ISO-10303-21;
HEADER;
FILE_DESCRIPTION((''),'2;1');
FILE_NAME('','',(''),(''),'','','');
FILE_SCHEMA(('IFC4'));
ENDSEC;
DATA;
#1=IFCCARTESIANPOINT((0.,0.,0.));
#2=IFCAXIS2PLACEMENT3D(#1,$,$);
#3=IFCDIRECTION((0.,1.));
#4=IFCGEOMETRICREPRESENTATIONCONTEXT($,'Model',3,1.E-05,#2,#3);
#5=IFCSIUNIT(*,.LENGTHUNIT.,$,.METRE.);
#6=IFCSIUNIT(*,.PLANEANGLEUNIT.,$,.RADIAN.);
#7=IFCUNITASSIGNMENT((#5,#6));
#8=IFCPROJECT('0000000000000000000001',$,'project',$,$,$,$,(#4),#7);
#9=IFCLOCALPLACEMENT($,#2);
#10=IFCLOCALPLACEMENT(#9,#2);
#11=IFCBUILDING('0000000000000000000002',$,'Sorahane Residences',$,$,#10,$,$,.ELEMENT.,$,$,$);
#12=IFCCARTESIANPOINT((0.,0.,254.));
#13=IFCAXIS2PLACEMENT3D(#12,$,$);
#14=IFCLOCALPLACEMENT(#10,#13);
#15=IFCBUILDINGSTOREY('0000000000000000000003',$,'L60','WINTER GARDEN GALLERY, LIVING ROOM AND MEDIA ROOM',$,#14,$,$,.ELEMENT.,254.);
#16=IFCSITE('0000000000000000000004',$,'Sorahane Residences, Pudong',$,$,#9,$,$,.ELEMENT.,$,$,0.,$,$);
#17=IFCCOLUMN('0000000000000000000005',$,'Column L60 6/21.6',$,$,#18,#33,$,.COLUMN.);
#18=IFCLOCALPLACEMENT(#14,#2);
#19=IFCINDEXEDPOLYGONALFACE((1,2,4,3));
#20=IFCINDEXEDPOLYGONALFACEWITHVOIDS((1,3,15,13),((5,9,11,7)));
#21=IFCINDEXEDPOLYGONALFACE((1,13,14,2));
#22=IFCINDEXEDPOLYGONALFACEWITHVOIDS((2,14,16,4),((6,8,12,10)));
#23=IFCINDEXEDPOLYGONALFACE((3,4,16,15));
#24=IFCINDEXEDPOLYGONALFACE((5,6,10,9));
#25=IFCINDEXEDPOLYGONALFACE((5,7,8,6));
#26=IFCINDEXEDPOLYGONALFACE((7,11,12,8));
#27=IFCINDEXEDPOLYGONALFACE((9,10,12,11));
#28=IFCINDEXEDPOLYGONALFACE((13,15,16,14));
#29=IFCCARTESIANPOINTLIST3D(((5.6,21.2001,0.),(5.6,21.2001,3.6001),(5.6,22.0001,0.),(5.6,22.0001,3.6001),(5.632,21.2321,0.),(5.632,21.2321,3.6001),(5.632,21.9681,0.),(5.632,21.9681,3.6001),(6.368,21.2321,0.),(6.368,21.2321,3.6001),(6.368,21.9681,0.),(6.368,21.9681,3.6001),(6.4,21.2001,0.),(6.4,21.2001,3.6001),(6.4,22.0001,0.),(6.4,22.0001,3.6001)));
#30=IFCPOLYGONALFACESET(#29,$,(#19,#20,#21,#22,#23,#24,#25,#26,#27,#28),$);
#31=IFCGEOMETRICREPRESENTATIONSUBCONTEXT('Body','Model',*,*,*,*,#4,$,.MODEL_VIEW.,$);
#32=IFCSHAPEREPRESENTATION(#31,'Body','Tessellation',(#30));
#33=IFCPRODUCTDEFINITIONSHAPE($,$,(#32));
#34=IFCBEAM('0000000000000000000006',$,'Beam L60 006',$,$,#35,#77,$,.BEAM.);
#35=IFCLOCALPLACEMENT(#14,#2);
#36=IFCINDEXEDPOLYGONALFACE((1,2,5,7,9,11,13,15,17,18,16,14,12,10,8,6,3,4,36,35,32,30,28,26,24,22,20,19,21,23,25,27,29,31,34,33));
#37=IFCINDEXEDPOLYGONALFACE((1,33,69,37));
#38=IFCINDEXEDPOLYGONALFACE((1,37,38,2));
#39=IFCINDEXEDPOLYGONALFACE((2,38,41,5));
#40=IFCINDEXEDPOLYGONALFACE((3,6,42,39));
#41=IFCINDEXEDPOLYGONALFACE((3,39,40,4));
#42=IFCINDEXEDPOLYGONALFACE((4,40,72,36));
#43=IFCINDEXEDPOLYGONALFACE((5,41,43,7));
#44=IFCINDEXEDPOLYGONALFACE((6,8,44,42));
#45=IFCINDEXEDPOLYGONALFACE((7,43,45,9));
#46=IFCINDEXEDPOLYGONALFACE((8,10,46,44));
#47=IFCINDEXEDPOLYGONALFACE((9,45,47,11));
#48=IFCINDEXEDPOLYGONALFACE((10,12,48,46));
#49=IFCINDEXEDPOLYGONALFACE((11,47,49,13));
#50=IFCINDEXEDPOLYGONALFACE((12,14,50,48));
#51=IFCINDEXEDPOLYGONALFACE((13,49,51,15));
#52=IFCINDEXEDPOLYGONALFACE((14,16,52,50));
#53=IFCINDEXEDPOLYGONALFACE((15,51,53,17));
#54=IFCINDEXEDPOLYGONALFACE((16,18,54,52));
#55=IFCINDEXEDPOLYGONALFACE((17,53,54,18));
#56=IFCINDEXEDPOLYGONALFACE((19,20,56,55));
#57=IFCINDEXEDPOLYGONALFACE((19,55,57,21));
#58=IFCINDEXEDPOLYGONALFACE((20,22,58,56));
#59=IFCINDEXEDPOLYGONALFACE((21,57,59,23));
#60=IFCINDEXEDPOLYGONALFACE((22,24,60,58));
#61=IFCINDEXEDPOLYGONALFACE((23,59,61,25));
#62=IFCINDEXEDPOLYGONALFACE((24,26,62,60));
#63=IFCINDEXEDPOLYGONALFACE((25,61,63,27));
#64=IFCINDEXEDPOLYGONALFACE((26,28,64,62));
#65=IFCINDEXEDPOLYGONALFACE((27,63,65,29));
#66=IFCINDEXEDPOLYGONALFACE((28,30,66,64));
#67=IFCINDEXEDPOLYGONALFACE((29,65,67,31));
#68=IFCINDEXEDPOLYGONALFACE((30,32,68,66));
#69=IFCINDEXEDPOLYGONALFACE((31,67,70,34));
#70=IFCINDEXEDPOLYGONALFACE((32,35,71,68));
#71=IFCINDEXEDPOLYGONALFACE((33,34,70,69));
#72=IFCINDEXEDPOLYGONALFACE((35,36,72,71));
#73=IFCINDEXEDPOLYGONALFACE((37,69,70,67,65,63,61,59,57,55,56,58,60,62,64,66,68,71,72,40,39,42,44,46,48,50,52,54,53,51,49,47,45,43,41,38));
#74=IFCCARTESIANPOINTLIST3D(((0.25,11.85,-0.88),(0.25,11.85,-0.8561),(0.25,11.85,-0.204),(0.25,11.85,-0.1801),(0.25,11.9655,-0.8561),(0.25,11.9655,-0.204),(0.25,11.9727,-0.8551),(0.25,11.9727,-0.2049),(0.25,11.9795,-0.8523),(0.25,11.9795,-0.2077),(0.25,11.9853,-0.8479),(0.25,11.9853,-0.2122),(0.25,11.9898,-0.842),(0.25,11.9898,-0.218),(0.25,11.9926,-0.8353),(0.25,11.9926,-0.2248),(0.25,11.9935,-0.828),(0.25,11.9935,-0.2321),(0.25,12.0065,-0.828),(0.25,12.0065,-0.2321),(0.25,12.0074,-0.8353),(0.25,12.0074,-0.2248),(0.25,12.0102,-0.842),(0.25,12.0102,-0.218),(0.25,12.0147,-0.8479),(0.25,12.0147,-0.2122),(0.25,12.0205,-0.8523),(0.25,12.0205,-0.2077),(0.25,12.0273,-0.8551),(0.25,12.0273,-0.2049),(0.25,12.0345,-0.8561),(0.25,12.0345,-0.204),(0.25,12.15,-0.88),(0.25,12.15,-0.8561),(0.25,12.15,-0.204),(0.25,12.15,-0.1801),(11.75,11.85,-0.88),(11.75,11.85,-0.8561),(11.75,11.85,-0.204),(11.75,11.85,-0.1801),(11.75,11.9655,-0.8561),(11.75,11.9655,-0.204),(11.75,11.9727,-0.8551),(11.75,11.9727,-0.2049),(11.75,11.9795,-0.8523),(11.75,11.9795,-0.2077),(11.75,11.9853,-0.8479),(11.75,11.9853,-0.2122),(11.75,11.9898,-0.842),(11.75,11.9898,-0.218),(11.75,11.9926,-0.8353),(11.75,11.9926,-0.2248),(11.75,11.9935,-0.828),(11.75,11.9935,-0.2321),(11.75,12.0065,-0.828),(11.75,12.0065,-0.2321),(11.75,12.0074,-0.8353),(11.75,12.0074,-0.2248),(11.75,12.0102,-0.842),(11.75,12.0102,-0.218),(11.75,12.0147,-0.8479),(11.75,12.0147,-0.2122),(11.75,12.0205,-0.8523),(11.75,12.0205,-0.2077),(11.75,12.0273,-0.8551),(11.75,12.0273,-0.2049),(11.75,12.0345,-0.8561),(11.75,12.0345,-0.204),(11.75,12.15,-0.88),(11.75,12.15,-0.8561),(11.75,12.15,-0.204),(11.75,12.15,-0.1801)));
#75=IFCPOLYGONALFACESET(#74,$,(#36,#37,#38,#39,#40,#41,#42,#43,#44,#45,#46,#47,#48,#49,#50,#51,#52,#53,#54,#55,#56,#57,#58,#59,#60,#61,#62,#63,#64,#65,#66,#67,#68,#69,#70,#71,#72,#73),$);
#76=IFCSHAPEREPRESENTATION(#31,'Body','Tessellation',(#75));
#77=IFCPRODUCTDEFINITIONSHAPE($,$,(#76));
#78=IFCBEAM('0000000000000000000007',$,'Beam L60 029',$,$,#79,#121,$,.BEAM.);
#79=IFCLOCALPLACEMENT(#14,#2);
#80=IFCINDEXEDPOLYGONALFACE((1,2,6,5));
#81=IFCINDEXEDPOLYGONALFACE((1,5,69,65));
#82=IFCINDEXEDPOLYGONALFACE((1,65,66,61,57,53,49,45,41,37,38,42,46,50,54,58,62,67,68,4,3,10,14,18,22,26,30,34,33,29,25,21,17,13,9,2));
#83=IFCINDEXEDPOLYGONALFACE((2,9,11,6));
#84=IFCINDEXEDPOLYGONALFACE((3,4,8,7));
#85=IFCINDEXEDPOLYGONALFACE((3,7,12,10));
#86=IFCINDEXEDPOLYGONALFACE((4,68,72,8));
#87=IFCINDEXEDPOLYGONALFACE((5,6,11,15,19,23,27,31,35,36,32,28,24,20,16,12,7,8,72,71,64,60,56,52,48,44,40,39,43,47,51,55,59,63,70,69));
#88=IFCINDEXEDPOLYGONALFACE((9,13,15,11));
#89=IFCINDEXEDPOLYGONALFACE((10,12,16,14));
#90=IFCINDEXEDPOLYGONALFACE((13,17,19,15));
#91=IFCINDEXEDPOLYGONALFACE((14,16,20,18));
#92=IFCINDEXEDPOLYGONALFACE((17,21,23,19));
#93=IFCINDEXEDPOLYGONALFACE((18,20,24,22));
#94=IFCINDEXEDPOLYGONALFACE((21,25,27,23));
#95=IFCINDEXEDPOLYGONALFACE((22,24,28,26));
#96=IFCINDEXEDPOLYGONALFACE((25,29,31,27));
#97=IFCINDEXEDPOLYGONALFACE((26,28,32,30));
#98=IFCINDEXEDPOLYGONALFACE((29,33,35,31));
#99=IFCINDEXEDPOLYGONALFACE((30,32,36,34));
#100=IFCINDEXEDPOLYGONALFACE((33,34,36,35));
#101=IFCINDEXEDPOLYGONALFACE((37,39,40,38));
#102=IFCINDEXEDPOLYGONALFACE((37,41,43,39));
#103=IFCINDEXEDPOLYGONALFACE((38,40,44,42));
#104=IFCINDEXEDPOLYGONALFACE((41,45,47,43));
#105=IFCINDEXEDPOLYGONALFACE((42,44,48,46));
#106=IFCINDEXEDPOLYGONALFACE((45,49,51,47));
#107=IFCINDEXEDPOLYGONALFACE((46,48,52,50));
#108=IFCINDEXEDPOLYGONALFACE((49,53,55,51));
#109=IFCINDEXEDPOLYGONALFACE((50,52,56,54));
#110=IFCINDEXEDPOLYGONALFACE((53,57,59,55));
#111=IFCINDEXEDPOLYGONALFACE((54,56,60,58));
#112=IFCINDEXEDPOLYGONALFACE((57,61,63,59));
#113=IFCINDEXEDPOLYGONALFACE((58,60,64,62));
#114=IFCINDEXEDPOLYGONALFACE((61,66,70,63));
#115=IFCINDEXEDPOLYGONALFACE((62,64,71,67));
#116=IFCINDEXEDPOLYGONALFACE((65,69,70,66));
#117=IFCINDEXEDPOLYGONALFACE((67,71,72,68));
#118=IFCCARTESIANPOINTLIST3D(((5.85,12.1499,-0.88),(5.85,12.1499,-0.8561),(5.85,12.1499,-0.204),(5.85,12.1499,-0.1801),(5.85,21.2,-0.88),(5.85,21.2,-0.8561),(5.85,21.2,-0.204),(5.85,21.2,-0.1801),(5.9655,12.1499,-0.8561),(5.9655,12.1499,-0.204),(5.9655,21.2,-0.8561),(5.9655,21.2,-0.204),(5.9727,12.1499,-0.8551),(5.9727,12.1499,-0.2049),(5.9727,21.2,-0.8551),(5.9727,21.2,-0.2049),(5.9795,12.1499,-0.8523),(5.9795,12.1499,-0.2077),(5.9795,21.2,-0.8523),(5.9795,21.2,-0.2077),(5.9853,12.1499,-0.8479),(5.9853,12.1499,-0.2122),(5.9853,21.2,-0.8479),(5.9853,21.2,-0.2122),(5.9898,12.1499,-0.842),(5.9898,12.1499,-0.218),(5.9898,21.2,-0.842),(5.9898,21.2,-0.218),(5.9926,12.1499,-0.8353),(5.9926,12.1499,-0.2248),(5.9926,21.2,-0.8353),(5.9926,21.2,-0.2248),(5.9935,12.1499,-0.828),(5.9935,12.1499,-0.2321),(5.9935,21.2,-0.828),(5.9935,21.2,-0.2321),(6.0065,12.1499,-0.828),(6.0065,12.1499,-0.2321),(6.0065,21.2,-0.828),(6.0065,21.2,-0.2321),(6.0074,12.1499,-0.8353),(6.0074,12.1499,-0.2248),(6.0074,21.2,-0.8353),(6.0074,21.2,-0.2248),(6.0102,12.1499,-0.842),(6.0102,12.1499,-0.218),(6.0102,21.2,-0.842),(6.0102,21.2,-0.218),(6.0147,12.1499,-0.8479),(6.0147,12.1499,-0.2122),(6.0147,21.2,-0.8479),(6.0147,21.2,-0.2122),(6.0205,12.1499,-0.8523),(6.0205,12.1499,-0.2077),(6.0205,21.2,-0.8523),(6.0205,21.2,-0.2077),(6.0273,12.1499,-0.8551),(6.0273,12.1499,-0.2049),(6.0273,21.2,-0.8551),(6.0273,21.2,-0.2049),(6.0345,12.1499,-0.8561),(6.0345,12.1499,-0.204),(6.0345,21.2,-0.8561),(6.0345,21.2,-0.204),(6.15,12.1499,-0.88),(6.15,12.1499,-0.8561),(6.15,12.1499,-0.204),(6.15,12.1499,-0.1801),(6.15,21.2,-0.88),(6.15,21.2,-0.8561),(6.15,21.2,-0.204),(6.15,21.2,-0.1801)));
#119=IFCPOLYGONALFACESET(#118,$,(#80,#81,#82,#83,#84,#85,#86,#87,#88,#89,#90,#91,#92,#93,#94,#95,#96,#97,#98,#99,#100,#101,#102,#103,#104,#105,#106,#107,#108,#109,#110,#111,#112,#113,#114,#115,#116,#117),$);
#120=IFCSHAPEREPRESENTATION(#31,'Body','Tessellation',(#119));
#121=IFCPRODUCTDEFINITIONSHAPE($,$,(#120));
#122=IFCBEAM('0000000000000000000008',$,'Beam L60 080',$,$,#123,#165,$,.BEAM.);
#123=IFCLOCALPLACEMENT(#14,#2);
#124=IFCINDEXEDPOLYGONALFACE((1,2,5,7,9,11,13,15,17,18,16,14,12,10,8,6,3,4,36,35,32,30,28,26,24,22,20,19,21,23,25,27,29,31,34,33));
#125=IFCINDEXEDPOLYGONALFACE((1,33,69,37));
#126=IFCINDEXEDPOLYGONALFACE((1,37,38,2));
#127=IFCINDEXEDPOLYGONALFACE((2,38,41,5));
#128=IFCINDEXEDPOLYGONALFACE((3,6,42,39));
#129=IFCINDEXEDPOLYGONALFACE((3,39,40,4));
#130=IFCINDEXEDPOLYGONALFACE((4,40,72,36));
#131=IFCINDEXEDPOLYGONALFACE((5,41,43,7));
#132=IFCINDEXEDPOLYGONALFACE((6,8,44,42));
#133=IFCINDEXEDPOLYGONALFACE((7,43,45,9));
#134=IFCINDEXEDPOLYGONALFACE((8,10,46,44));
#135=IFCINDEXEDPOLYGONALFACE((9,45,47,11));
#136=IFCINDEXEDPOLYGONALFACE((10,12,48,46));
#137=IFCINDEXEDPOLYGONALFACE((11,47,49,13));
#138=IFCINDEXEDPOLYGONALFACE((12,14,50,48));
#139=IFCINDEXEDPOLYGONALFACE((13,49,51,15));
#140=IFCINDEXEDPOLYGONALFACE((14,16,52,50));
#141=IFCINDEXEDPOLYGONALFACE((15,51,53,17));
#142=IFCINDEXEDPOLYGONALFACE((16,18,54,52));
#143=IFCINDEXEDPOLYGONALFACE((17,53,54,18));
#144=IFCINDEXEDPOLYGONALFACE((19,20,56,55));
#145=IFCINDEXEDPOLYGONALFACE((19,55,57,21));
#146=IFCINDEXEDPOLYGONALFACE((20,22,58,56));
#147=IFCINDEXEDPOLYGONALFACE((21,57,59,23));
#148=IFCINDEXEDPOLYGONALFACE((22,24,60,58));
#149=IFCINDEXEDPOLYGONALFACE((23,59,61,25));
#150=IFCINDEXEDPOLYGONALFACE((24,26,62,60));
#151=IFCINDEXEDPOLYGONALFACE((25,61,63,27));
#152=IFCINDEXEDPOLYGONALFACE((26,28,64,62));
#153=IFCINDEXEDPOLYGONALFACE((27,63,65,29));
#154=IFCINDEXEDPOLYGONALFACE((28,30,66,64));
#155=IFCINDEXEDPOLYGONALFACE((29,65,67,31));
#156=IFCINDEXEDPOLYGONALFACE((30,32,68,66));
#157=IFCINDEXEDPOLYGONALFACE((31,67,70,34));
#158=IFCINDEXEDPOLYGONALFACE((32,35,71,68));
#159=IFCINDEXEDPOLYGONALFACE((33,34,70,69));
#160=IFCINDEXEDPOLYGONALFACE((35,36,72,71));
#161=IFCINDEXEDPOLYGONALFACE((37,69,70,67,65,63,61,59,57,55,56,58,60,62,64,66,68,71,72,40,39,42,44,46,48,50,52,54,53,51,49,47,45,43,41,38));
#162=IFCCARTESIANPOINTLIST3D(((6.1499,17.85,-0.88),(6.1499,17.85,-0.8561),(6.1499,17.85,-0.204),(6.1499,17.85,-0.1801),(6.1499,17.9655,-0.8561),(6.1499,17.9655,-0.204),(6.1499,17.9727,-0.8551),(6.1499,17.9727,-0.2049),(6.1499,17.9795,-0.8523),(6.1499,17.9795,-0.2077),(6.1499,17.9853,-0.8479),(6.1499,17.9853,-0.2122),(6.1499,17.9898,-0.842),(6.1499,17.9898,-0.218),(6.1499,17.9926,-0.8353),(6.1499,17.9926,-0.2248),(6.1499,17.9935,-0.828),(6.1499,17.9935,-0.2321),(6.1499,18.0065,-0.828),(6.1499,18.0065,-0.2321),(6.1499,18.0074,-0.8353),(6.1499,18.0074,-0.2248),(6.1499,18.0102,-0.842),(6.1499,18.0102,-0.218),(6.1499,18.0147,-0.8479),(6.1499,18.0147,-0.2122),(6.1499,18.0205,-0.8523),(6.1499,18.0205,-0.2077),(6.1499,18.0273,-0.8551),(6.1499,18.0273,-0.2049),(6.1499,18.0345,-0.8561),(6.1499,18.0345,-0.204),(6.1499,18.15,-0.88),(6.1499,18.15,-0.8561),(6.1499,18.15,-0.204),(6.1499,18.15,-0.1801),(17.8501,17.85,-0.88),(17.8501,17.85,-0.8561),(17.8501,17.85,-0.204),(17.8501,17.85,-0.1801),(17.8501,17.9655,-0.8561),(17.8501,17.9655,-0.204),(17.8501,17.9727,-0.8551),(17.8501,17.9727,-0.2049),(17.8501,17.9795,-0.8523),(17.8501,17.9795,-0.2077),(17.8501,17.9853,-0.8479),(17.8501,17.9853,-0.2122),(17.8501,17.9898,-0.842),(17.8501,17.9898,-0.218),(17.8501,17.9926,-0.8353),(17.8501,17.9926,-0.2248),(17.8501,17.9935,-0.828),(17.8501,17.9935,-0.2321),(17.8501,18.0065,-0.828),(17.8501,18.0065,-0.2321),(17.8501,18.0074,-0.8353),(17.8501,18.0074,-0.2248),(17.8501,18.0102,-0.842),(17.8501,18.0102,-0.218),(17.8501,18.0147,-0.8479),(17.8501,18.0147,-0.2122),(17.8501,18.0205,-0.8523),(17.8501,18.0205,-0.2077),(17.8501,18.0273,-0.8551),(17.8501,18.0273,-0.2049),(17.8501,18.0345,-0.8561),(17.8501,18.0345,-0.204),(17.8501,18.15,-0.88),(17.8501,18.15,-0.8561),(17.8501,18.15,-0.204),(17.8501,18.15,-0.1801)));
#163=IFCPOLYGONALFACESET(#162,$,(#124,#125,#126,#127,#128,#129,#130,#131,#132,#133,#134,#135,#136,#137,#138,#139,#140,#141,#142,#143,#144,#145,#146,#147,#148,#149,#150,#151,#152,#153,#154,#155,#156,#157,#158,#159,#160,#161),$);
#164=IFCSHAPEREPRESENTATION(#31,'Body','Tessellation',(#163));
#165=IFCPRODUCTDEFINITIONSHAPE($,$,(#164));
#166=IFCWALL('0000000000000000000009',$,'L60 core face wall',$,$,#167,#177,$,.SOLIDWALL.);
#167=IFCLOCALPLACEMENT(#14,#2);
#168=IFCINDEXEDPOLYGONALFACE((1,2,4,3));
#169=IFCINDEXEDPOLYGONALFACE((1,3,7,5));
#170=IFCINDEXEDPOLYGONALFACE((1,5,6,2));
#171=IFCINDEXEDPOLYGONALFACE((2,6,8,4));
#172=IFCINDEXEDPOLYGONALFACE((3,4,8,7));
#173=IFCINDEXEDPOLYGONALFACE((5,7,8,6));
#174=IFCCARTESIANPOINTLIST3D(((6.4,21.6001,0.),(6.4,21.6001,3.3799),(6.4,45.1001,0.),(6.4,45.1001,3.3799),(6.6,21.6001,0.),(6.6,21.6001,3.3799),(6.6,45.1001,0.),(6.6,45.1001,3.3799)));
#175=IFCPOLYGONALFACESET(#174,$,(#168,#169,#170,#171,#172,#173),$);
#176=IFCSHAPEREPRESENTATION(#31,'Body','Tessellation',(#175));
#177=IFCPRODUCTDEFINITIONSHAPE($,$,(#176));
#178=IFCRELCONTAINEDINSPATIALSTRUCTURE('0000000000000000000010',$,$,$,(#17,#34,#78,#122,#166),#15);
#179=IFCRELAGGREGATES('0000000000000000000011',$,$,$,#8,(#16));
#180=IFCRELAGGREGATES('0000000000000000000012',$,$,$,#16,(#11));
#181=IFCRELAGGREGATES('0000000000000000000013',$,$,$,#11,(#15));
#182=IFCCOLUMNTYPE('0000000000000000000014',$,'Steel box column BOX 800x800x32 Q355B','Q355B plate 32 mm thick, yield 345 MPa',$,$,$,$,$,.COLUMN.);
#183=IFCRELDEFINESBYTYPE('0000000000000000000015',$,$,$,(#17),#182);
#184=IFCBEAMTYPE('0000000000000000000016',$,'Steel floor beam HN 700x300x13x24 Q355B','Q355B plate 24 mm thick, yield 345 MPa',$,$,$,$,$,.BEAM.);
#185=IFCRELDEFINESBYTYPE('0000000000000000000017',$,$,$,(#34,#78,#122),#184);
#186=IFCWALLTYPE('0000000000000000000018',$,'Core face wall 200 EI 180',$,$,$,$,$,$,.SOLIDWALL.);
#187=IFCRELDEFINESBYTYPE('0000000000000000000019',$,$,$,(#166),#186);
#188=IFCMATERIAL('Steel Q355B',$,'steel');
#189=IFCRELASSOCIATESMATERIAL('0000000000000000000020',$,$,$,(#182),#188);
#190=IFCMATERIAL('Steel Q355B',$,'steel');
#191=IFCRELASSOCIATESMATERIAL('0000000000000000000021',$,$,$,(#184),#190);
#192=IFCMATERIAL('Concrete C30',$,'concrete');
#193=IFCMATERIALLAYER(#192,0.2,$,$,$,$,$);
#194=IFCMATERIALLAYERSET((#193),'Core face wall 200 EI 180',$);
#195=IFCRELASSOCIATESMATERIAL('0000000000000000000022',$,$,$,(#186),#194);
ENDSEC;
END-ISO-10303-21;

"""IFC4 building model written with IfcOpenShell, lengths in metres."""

from ifc_helpers import new_model, si_unit, direction, frame, frame_2d, origin, origin_2d, place, context, subcontext, project, spatial, rectangle, hollow_rectangle, i_section, extrude, material, layer, layer_set, material_profile, profile_set, type_object, element, save


model = new_model("IFC4")

# Units and contexts
model_context = context("Model", 3, precision=1e-05, world=origin(), true_north=direction((0.0, 1.0)))
body_context = subcontext(model_context, "Body", "Model", "MODEL_VIEW")
ifc_project = project(units=[si_unit("LENGTHUNIT", "METRE"), si_unit("PLANEANGLEUNIT", "RADIAN")], contexts=[model_context])

# Site, building, storey
site_placement = place(None, origin())
site = spatial("IfcSite", under=ifc_project, at=site_placement, Name="Sorahane Residences, Pudong", CompositionType="ELEMENT", RefElevation=0.0)
building_placement = place(site_placement, origin())
building = spatial("IfcBuilding", under=site, at=building_placement, Name="Sorahane Residences", CompositionType="ELEMENT")
storey_placement = place(building_placement, frame((0.0, 0.0, 254.0)))
storey = spatial("IfcBuildingStorey", under=building, at=storey_placement, Name="L60", Description="WINTER GARDEN GALLERY, LIVING ROOM AND MEDIA ROOM", CompositionType="ELEMENT", Elevation=254.0)

# Column
ifc_material_1 = material(Name="Steel Q355B", Category="steel")
ifc_material_profile_1 = material_profile(ifc_material_1, hollow_rectangle(XDim=0.8, YDim=0.8, WallThickness=0.032, at=origin_2d()), Name="BOX 800x800x32")
ifc_profile_set_1 = profile_set([ifc_material_profile_1], Name="Steel Q355B")
column_type = type_object("IfcColumnType", Name="Steel box column BOX 800x800x32 Q355B", Description="Q355B plate 32 mm thick, yield 345 MPa", PredefinedType="COLUMN", material=ifc_profile_set_1)
column_placement = place(storey_placement, frame((6.0, 21.6001, 0.0), z_axis=(0.0, 0.0, 1.0), x_axis=(1.0, 0.0, 0.0)))
element("IfcColumn", 1, at=column_placement, inside=storey, type_object=column_type, Name="Column L60 6/21.6", PredefinedType="COLUMN", context=body_context, shape_type="SweptSolid", body=[
    extrude(hollow_rectangle(XDim=0.8, YDim=0.8, WallThickness=0.032, at=origin_2d()), origin(), (0.0, 0.0, 1.0), 3.6001),
])

# Beams
ifc_material_2 = material(Name="Steel Q355B", Category="steel")
ifc_material_profile_2 = material_profile(ifc_material_2, i_section(OverallWidth=0.3, OverallDepth=0.7, WebThickness=0.0129, FlangeThickness=0.0239, FilletRadius=0.0281, at=origin_2d()), Name="HN 700x300x13x24")
ifc_profile_set_2 = profile_set([ifc_material_profile_2], Name="Steel Q355B")
beam_type = type_object("IfcBeamType", Name="Steel floor beam HN 700x300x13x24 Q355B", Description="Q355B plate 24 mm thick, yield 345 MPa", PredefinedType="BEAM", material=ifc_profile_set_2)
beam_1_placement = place(storey_placement, frame((0.25, 12.0, -0.53), z_axis=(1.0, 0.0, 0.0), x_axis=(0.0, 1.0, 0.0)))
element("IfcBeam", 2, at=beam_1_placement, inside=storey, type_object=beam_type, Name="Beam L60 006", PredefinedType="BEAM", context=body_context, shape_type="SweptSolid", body=[
    extrude(i_section(OverallWidth=0.3, OverallDepth=0.7, WebThickness=0.0129, FlangeThickness=0.0239, FilletRadius=0.0281, at=origin_2d()), origin(), (0.0, 0.0, 1.0), 11.5),
])
beam_2_placement = place(storey_placement, frame((6.0, 12.1499, -0.53), z_axis=(0.0, 1.0, 0.0), x_axis=(-1.0, 0.0, 0.0)))
element("IfcBeam", 3, at=beam_2_placement, inside=storey, type_object=beam_type, Name="Beam L60 029", PredefinedType="BEAM", context=body_context, shape_type="SweptSolid", body=[
    extrude(i_section(OverallWidth=0.3, OverallDepth=0.7, WebThickness=0.0129, FlangeThickness=0.0239, FilletRadius=0.0281, at=origin_2d()), origin(), (0.0, 0.0, 1.0), 9.05),
])
beam_3_placement = place(storey_placement, frame((6.1499, 18.0, -0.53), z_axis=(1.0, 0.0, 0.0), x_axis=(0.0, 1.0, 0.0)))
element("IfcBeam", 4, at=beam_3_placement, inside=storey, type_object=beam_type, Name="Beam L60 080", PredefinedType="BEAM", context=body_context, shape_type="SweptSolid", body=[
    extrude(i_section(OverallWidth=0.3, OverallDepth=0.7, WebThickness=0.0129, FlangeThickness=0.0239, FilletRadius=0.0281, at=origin_2d()), origin(), (0.0, 0.0, 1.0), 11.7002),
])

# Wall
ifc_material_3 = material(Name="Concrete C30", Category="concrete")
ifc_layer_1 = layer(ifc_material_3, 0.2)
ifc_layer_set_1 = layer_set([ifc_layer_1], Name="Core face wall 200 EI 180")
wall_type_1 = type_object("IfcWallType", Name="Core face wall 200 EI 180", PredefinedType="SOLIDWALL", material=ifc_layer_set_1)
wall_1_placement = place(storey_placement, frame((6.5, 21.6001, 0.0), z_axis=(0.0, 0.0, 1.0), x_axis=(0.0, 1.0, 0.0)))
element("IfcWall", 5, at=wall_1_placement, inside=storey, type_object=wall_type_1, Name="L60 core face wall", PredefinedType="SOLIDWALL", context=body_context, shape_type="SweptSolid", body=[
    extrude(rectangle(XDim=23.5, YDim=0.2, at=frame_2d((11.75, 0.0))), origin(), (0.0, 0.0, 1.0), 3.3799),
])

save(model, "model.ifc")
